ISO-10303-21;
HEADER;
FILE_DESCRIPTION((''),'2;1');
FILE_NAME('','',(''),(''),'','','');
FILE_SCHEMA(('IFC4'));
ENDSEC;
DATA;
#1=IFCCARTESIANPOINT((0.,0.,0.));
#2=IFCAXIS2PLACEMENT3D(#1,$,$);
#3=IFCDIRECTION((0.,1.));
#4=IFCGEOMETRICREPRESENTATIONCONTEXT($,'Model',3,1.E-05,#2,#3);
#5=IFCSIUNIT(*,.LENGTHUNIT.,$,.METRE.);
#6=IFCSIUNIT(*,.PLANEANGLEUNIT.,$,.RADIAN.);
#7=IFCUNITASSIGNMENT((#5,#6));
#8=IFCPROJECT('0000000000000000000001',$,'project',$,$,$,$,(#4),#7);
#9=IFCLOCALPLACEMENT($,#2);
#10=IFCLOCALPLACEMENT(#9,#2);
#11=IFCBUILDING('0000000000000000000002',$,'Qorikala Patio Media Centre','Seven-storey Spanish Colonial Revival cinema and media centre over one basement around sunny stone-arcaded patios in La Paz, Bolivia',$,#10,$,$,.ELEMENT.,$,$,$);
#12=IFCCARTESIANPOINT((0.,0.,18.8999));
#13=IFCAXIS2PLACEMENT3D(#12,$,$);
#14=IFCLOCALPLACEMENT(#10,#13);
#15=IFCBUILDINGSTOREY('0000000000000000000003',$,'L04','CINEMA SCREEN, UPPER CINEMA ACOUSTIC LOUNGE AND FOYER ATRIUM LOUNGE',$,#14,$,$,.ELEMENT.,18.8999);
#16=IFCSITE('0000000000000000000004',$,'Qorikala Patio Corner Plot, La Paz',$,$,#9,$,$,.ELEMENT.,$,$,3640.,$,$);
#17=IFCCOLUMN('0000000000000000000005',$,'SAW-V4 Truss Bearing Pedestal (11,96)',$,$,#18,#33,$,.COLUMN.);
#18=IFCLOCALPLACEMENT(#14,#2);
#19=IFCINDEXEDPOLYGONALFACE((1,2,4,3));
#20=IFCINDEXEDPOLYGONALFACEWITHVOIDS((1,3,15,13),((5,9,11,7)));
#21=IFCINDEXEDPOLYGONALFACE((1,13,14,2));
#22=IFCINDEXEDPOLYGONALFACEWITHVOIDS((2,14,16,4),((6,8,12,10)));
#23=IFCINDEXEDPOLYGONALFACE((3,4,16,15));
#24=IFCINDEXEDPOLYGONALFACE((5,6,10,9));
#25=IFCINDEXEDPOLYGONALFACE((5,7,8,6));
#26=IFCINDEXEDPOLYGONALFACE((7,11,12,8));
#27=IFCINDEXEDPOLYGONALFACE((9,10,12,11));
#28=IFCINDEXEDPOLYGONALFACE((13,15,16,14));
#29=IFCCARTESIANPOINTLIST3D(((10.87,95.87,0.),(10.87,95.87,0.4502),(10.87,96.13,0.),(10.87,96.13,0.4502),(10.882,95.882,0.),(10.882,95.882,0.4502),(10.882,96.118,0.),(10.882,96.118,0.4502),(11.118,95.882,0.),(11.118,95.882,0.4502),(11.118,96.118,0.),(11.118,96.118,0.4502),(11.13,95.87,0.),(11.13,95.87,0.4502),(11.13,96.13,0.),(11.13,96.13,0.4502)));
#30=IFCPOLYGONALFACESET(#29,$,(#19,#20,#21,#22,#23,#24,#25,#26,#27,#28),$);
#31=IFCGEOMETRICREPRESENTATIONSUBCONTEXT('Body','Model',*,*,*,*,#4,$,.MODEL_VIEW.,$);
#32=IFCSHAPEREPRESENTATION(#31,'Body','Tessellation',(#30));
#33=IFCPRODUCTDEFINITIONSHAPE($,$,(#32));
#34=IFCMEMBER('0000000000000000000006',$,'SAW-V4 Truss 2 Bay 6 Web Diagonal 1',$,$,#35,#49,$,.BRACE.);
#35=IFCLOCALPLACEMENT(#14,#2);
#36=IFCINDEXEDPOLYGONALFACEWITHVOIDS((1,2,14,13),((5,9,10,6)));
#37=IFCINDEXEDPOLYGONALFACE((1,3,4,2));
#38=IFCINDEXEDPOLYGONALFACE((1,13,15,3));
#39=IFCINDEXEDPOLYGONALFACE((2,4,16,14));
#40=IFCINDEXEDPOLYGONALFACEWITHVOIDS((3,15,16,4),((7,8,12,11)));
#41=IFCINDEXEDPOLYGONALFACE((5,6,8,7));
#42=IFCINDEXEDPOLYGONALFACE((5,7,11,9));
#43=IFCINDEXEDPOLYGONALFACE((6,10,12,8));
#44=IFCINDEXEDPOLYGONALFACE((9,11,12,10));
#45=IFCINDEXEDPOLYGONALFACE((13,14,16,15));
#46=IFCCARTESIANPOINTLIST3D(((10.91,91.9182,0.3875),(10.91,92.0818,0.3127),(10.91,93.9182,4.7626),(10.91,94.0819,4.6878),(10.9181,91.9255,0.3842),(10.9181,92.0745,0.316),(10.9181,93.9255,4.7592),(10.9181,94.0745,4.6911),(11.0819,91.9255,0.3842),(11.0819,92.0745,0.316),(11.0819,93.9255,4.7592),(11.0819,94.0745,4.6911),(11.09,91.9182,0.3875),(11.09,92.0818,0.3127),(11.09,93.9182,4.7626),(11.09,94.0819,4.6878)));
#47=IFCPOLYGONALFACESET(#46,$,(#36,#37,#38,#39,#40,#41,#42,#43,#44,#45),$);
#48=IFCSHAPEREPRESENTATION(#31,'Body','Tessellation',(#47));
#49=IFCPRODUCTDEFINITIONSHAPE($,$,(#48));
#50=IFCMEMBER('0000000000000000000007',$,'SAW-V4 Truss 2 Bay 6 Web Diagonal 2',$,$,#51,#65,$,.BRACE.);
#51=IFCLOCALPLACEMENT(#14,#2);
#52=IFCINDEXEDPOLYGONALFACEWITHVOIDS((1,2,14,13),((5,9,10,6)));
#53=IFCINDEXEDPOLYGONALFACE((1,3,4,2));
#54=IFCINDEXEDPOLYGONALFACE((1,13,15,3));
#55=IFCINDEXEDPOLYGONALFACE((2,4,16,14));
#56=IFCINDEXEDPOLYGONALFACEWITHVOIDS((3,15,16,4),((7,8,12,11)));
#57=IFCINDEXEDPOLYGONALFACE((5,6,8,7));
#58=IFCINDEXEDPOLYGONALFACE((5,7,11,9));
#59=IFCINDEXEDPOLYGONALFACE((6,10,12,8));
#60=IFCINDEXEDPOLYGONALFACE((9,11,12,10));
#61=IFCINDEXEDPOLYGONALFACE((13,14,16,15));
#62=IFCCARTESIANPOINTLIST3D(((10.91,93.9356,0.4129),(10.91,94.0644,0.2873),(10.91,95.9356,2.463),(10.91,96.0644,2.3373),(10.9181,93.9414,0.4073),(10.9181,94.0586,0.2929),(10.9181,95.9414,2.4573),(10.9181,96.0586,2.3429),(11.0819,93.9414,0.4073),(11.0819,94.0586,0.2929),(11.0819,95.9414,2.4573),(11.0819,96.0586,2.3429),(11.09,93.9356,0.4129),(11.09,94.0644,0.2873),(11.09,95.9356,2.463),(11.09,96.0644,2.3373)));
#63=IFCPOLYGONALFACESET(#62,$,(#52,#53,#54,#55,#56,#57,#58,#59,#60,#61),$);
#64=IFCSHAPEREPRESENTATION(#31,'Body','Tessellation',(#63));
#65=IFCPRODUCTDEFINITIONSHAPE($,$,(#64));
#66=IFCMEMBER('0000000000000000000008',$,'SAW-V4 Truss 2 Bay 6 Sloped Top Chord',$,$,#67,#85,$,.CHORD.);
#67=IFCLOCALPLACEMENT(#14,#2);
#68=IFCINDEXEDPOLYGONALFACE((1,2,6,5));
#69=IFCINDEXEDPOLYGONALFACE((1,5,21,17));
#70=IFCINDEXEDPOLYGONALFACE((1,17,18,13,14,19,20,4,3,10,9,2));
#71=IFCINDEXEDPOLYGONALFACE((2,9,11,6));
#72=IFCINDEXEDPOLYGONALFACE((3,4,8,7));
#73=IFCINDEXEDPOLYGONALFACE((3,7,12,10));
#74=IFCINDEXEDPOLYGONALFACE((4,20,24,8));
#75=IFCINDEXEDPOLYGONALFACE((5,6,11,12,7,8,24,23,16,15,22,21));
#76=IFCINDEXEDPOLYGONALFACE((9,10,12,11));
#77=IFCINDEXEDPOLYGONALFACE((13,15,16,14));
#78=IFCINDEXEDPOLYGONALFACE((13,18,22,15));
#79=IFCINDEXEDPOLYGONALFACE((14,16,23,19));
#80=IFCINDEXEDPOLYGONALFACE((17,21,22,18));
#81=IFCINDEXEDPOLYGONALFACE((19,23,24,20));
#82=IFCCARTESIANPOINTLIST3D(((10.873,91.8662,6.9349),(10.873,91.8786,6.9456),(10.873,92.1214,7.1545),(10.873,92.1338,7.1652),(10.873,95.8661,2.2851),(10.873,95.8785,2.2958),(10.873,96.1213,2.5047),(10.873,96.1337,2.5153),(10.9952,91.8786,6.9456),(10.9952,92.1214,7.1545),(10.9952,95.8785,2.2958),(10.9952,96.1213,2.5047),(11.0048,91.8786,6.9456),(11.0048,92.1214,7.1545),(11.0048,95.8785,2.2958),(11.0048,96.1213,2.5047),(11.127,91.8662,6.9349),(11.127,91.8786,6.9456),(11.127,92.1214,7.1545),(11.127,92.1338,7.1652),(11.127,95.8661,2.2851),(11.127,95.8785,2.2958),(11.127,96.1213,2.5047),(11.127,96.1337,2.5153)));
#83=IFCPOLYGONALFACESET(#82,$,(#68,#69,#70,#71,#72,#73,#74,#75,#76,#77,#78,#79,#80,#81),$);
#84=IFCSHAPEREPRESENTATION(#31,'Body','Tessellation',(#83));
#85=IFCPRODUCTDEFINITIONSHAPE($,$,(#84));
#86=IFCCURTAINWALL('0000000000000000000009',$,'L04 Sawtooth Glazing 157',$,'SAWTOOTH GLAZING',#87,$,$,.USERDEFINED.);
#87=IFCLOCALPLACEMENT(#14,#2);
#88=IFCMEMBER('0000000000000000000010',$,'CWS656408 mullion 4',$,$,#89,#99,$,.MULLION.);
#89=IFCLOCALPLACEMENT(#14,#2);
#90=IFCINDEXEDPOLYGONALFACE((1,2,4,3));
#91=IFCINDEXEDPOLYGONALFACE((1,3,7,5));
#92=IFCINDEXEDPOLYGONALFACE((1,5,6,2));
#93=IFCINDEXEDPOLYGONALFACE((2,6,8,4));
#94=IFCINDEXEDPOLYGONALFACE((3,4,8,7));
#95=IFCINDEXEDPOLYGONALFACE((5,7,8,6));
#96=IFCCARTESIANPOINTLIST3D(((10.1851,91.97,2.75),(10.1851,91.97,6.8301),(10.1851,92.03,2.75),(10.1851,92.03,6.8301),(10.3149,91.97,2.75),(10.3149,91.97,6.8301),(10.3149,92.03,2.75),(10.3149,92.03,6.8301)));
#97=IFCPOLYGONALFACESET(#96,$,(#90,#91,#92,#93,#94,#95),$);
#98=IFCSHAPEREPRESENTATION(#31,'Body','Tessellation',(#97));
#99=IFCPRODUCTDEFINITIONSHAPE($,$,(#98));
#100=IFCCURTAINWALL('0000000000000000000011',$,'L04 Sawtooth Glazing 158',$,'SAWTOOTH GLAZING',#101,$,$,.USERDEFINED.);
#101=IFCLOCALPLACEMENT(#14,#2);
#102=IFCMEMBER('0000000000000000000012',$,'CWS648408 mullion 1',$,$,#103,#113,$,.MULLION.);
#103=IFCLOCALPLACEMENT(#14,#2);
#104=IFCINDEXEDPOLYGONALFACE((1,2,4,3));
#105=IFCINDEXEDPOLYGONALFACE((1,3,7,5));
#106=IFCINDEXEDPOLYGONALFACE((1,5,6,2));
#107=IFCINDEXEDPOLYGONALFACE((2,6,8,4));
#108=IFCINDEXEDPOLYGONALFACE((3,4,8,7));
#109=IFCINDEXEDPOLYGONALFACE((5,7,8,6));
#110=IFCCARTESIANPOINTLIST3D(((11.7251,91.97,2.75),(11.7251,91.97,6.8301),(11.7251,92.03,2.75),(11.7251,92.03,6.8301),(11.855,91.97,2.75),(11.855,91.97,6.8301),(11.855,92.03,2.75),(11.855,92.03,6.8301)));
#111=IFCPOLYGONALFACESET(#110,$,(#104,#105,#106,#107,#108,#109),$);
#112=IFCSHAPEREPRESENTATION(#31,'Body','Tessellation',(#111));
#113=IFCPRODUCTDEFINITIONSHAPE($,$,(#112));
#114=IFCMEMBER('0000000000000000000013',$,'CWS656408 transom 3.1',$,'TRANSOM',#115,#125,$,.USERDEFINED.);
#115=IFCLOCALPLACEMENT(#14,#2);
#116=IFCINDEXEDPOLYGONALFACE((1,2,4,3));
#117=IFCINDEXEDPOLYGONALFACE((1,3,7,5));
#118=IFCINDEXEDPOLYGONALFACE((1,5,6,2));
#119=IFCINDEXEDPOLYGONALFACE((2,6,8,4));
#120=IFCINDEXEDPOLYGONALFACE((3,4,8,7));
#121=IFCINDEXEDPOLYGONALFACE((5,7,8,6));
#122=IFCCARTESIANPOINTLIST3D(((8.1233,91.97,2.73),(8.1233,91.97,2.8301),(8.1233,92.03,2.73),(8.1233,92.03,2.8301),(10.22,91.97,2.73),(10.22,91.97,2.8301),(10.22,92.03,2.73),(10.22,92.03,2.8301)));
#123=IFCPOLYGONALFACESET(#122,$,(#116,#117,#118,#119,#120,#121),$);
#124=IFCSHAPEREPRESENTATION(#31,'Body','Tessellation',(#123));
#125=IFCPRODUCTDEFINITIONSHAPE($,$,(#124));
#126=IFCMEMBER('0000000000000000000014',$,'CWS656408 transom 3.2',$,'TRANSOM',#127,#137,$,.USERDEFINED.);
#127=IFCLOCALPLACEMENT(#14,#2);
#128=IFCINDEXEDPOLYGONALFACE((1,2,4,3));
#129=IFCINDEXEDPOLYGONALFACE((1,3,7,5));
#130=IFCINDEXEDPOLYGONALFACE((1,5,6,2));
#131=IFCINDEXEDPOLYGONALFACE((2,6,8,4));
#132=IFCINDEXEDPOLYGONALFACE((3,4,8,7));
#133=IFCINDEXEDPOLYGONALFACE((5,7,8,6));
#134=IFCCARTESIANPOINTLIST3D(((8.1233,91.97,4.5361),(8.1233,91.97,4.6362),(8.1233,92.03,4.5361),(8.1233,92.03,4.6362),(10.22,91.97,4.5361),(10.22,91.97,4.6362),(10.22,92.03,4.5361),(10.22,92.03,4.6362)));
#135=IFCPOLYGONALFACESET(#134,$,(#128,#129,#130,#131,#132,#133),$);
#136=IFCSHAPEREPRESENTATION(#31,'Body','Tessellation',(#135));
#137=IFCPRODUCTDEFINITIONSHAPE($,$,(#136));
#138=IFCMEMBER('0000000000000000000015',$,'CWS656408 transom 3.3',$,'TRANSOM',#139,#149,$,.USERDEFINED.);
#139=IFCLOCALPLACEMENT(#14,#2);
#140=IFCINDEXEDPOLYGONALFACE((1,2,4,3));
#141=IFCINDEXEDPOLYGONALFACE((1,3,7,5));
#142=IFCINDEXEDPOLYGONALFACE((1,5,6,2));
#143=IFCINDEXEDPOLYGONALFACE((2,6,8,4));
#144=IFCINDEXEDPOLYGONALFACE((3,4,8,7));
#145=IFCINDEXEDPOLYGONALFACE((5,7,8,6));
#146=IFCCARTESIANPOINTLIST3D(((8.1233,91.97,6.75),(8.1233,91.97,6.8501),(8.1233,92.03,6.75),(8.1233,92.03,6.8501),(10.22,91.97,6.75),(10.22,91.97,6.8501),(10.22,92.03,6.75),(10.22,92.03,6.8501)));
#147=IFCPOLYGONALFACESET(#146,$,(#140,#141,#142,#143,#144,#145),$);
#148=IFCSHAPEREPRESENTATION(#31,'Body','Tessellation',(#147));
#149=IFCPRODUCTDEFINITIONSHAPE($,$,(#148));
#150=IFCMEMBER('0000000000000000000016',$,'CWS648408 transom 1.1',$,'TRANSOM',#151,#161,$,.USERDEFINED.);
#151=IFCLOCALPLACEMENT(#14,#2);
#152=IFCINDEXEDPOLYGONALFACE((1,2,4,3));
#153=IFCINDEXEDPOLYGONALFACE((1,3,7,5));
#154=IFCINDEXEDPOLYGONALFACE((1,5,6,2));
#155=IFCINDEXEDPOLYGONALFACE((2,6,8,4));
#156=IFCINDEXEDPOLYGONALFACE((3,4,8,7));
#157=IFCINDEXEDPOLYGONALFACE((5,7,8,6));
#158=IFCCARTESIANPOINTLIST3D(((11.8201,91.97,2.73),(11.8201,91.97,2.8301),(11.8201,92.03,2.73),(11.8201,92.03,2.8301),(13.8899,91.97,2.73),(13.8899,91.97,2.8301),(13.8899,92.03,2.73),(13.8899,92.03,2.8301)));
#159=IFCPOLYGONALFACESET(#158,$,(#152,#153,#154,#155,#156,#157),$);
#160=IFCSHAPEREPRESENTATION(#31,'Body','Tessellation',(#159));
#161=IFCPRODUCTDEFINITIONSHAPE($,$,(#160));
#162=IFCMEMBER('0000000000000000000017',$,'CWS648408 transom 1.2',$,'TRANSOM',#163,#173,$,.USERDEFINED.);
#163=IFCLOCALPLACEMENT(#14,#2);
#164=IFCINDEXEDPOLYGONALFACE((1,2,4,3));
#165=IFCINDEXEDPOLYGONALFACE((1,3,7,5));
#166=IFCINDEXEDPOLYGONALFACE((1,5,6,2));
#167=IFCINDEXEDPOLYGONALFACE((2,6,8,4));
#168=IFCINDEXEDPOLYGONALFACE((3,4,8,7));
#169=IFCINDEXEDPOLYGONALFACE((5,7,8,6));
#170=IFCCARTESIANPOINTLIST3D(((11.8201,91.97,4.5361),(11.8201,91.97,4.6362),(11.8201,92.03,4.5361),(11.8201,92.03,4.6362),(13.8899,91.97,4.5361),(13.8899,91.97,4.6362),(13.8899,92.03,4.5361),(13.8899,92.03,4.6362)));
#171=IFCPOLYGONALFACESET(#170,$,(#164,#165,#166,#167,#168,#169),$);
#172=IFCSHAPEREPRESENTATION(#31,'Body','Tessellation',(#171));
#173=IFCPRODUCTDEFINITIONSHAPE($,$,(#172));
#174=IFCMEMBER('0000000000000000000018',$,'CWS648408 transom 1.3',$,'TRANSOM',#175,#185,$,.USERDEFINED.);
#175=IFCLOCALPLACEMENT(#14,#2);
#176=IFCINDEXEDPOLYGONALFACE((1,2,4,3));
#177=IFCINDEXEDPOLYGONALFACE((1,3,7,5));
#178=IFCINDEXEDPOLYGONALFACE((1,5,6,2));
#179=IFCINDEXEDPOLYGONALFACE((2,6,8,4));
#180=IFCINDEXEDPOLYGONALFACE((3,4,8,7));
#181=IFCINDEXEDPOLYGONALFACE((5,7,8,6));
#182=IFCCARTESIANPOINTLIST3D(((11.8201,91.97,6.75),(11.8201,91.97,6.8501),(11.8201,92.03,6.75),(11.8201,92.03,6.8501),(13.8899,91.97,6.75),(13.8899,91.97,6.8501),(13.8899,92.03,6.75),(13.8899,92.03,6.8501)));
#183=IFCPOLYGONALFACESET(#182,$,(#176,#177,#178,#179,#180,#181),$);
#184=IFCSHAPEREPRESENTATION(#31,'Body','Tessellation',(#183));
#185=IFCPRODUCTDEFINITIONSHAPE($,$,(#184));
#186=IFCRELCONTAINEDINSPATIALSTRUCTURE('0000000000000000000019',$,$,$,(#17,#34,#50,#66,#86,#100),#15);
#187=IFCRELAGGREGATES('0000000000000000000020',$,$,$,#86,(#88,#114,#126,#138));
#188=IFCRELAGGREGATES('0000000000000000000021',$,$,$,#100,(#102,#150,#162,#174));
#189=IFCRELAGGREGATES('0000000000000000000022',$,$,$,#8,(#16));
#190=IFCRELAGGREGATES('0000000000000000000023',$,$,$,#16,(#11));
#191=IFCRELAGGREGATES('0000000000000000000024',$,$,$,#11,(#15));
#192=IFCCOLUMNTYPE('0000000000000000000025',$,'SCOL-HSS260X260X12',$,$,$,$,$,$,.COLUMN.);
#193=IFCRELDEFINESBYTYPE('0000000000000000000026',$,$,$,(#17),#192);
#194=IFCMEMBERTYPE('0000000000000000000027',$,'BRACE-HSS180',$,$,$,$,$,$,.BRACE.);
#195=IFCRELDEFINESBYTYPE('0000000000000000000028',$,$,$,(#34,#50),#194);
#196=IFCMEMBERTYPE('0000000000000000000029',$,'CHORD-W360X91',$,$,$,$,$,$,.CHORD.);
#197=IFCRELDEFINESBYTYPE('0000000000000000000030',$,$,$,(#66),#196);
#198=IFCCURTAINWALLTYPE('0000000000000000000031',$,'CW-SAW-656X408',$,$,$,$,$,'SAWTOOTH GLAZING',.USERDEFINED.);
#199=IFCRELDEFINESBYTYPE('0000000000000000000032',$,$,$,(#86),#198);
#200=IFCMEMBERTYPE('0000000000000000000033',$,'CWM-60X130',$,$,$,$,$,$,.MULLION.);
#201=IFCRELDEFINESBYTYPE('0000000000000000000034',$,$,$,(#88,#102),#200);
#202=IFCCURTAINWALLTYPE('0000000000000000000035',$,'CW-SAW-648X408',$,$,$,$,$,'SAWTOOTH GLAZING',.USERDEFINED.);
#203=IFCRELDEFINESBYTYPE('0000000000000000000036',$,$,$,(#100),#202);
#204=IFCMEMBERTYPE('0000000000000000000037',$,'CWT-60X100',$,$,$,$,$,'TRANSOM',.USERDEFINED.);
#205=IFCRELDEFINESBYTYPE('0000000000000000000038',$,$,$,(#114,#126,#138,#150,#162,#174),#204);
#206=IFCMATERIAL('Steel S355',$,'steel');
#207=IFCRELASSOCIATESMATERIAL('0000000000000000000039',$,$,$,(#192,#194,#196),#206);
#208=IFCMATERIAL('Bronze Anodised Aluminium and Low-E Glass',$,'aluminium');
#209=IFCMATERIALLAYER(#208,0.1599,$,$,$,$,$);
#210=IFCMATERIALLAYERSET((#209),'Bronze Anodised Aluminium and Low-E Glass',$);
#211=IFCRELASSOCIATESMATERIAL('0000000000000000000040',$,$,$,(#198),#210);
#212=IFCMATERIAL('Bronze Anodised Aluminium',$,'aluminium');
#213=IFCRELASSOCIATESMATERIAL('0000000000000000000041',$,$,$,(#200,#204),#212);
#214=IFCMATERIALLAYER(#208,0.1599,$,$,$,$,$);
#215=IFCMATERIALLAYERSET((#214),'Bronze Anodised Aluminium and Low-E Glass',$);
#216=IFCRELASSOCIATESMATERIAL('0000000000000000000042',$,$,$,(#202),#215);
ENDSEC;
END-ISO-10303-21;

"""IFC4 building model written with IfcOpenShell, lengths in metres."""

from ifc_helpers import new_model, si_unit, direction, frame, origin, origin_2d, place, context, subcontext, project, spatial, rectangle, hollow_rectangle, i_section, extrude, material, layer, layer_set, material_profile, profile_set, type_object, element, aggregate, save


model = new_model("IFC4")

# Units and contexts
model_context = context("Model", 3, precision=1e-05, world=origin(), true_north=direction((0.0, 1.0)))
body_context = subcontext(model_context, "Body", "Model", "MODEL_VIEW")
ifc_project = project(units=[si_unit("LENGTHUNIT", "METRE"), si_unit("PLANEANGLEUNIT", "RADIAN")], contexts=[model_context])

# Site, building, storey
site_placement = place(None, origin())
site = spatial("IfcSite", under=ifc_project, at=site_placement, Name="Qorikala Patio Corner Plot, La Paz", CompositionType="ELEMENT", RefElevation=3640.0)
building_placement = place(site_placement, origin())
building = spatial("IfcBuilding", under=site, at=building_placement, Name="Qorikala Patio Media Centre", Description="Seven-storey Spanish Colonial Revival cinema and media centre over one basement around sunny stone-arcaded patios in La Paz, Bolivia", CompositionType="ELEMENT")
storey_placement = place(building_placement, frame((0.0, 0.0, 18.8999)))
storey = spatial("IfcBuildingStorey", under=building, at=storey_placement, Name="L04", Description="CINEMA SCREEN, UPPER CINEMA ACOUSTIC LOUNGE AND FOYER ATRIUM LOUNGE", CompositionType="ELEMENT", Elevation=18.8999)

# Column
ifc_material_1 = material(Name="Steel S355", Category="steel")
ifc_material_profile_1 = material_profile(ifc_material_1, hollow_rectangle(XDim=0.26, YDim=0.26, WallThickness=0.012, at=origin_2d()), Name="HSS260X260X12")
ifc_profile_set_1 = profile_set([ifc_material_profile_1], Name="Steel S355")
column_type = type_object("IfcColumnType", Name="SCOL-HSS260X260X12", PredefinedType="COLUMN", material=ifc_profile_set_1)
column_placement = place(storey_placement, frame((11.0, 96.0, 0.0), z_axis=(0.0, 0.0, 1.0), x_axis=(1.0, 0.0, 0.0)))
element("IfcColumn", 1, at=column_placement, inside=storey, type_object=column_type, Name="SAW-V4 Truss Bearing Pedestal (11,96)", PredefinedType="COLUMN", context=body_context, shape_type="SweptSolid", body=[
    extrude(hollow_rectangle(XDim=0.26, YDim=0.26, WallThickness=0.012, at=origin_2d()), origin(), (0.0, 0.0, 1.0), 0.4502),
])

# Members
ifc_material_profile_2 = material_profile(ifc_material_1, hollow_rectangle(XDim=0.1799, YDim=0.1799, WallThickness=0.0081, at=origin_2d()), Name="HSS180X180X8")
ifc_profile_set_2 = profile_set([ifc_material_profile_2], Name="Steel S355")
member_type_1 = type_object("IfcMemberType", Name="BRACE-HSS180", PredefinedType="BRACE", material=ifc_profile_set_2)
member_1_placement = place(storey_placement, frame((11.0, 92.0, 0.3501), z_axis=(0.0, 0.41576, 0.909474), x_axis=(-1.0, 0.0, 0.0)))
element("IfcMember", 2, at=member_1_placement, inside=storey, type_object=member_type_1, Name="SAW-V4 Truss 2 Bay 6 Web Diagonal 1", PredefinedType="BRACE", context=body_context, shape_type="SweptSolid", body=[
    extrude(hollow_rectangle(XDim=0.1799, YDim=0.1799, WallThickness=0.0081, at=origin_2d()), origin(), (0.0, 0.0, 1.0), 4.8105),
])
member_2_placement = place(storey_placement, frame((11.0, 94.0, 0.3501), z_axis=(0.0, 0.698315, 0.71579), x_axis=(-1.0, 0.0, 0.0)))
element("IfcMember", 3, at=member_2_placement, inside=storey, type_object=member_type_1, Name="SAW-V4 Truss 2 Bay 6 Web Diagonal 2", PredefinedType="BRACE", context=body_context, shape_type="SweptSolid", body=[
    extrude(hollow_rectangle(XDim=0.1799, YDim=0.1799, WallThickness=0.0081, at=origin_2d()), origin(), (0.0, 0.0, 1.0), 2.864),
])
ifc_material_profile_3 = material_profile(ifc_material_1, i_section(OverallWidth=0.2539, OverallDepth=0.353, WebThickness=0.0095, FlangeThickness=0.0164, at=origin_2d()), Name="W360X91")
ifc_profile_set_3 = profile_set([ifc_material_profile_3], Name="Steel S355")
member_type_2 = type_object("IfcMemberType", Name="CHORD-W360X91", PredefinedType="CHORD", material=ifc_profile_set_3)
member_3_placement = place(storey_placement, frame((11.0, 92.0, 7.05), z_axis=(0.0, 0.652141, -0.758098), x_axis=(-1.0, 0.0, 0.0)))
element("IfcMember", 4, at=member_3_placement, inside=storey, type_object=member_type_2, Name="SAW-V4 Truss 2 Bay 6 Sloped Top Chord", PredefinedType="CHORD", context=body_context, shape_type="SweptSolid", body=[
    extrude(i_section(OverallWidth=0.2539, OverallDepth=0.353, WebThickness=0.0095, FlangeThickness=0.0164, at=origin_2d()), origin(), (0.0, 0.0, 1.0), 6.1335),
])

# Curtain walls, members
ifc_material_2 = material(Name="Bronze Anodised Aluminium and Low-E Glass", Category="aluminium")
ifc_layer_1 = layer(ifc_material_2, 0.1599)
ifc_layer_set_1 = layer_set([ifc_layer_1], Name="Bronze Anodised Aluminium and Low-E Glass")
curtain_wall_type_1 = type_object("IfcCurtainWallType", Name="CW-SAW-656X408", ElementType="SAWTOOTH GLAZING", PredefinedType="USERDEFINED", material=ifc_layer_set_1)
curtain_wall_1_placement = place(storey_placement, origin())
curtain_wall_1 = element("IfcCurtainWall", 5, at=curtain_wall_1_placement, inside=storey, type_object=curtain_wall_type_1, Name="L04 Sawtooth Glazing 157", ObjectType="SAWTOOTH GLAZING", PredefinedType="USERDEFINED")
ifc_material_3 = material(Name="Bronze Anodised Aluminium", Category="aluminium")
ifc_material_profile_4 = material_profile(ifc_material_3, rectangle(XDim=0.0601, YDim=0.1299, at=origin_2d()), Name="ALU MULLION 60x130")
ifc_profile_set_4 = profile_set([ifc_material_profile_4], Name="Bronze Anodised Aluminium")
member_type_3 = type_object("IfcMemberType", Name="CWM-60X130", PredefinedType="MULLION", material=ifc_profile_set_4)
member_4_placement = place(storey_placement, frame((10.25, 92.0, 2.75), z_axis=(0.0, 0.0, 1.0), x_axis=(0.0, 1.0, 0.0)))
member_4 = element("IfcMember", 6, at=member_4_placement, type_object=member_type_3, Name="CWS656408 mullion 4", PredefinedType="MULLION", context=body_context, shape_type="SweptSolid", body=[
    extrude(rectangle(XDim=0.0601, YDim=0.1299, at=origin_2d()), origin(), (0.0, 0.0, 1.0), 4.0801),
])
ifc_layer_2 = layer(ifc_material_2, 0.1599)
ifc_layer_set_2 = layer_set([ifc_layer_2], Name="Bronze Anodised Aluminium and Low-E Glass")
curtain_wall_type_2 = type_object("IfcCurtainWallType", Name="CW-SAW-648X408", ElementType="SAWTOOTH GLAZING", PredefinedType="USERDEFINED", material=ifc_layer_set_2)
curtain_wall_2_placement = place(storey_placement, origin())
curtain_wall_2 = element("IfcCurtainWall", 7, at=curtain_wall_2_placement, inside=storey, type_object=curtain_wall_type_2, Name="L04 Sawtooth Glazing 158", ObjectType="SAWTOOTH GLAZING", PredefinedType="USERDEFINED")
member_5_placement = place(storey_placement, frame((11.79, 92.0, 2.75), z_axis=(0.0, 0.0, 1.0), x_axis=(0.0, 1.0, 0.0)))
member_5 = element("IfcMember", 8, at=member_5_placement, type_object=member_type_3, Name="CWS648408 mullion 1", PredefinedType="MULLION", context=body_context, shape_type="SweptSolid", body=[
    extrude(rectangle(XDim=0.0601, YDim=0.1299, at=origin_2d()), origin(), (0.0, 0.0, 1.0), 4.0801),
])

# Members
ifc_material_profile_5 = material_profile(ifc_material_3, rectangle(XDim=0.0601, YDim=0.1001, at=origin_2d()), Name="ALU TRANSOM 60x100")
ifc_profile_set_5 = profile_set([ifc_material_profile_5], Name="Bronze Anodised Aluminium")
member_type_4 = type_object("IfcMemberType", Name="CWT-60X100", ElementType="TRANSOM", PredefinedType="USERDEFINED", material=ifc_profile_set_5)
member_6_placement = place(storey_placement, frame((8.1233, 92.0, 2.78), z_axis=(1.0, 0.0, 0.0), x_axis=(0.0, 1.0, 0.0)))
member_6 = element("IfcMember", 9, at=member_6_placement, type_object=member_type_4, Name="CWS656408 transom 3.1", ObjectType="TRANSOM", PredefinedType="USERDEFINED", context=body_context, shape_type="SweptSolid", body=[
    extrude(rectangle(XDim=0.0601, YDim=0.1001, at=origin_2d()), origin(), (0.0, 0.0, 1.0), 2.0967),
])
member_7_placement = place(storey_placement, frame((8.1233, 92.0, 4.5862), z_axis=(1.0, 0.0, 0.0), x_axis=(0.0, 1.0, 0.0)))
member_7 = element("IfcMember", 10, at=member_7_placement, type_object=member_type_4, Name="CWS656408 transom 3.2", ObjectType="TRANSOM", PredefinedType="USERDEFINED", context=body_context, shape_type="SweptSolid", body=[
    extrude(rectangle(XDim=0.0601, YDim=0.1001, at=origin_2d()), origin(), (0.0, 0.0, 1.0), 2.0967),
])
member_8_placement = place(storey_placement, frame((8.1233, 92.0, 6.8), z_axis=(1.0, 0.0, 0.0), x_axis=(0.0, 1.0, 0.0)))
member_8 = element("IfcMember", 11, at=member_8_placement, type_object=member_type_4, Name="CWS656408 transom 3.3", ObjectType="TRANSOM", PredefinedType="USERDEFINED", context=body_context, shape_type="SweptSolid", body=[
    extrude(rectangle(XDim=0.0601, YDim=0.1001, at=origin_2d()), origin(), (0.0, 0.0, 1.0), 2.0967),
])
member_9_placement = place(storey_placement, frame((11.8201, 92.0, 2.78), z_axis=(1.0, 0.0, 0.0), x_axis=(0.0, 1.0, 0.0)))
member_9 = element("IfcMember", 12, at=member_9_placement, type_object=member_type_4, Name="CWS648408 transom 1.1", ObjectType="TRANSOM", PredefinedType="USERDEFINED", context=body_context, shape_type="SweptSolid", body=[
    extrude(rectangle(XDim=0.0601, YDim=0.1001, at=origin_2d()), origin(), (0.0, 0.0, 1.0), 2.0698),
])
member_10_placement = place(storey_placement, frame((11.8201, 92.0, 4.5862), z_axis=(1.0, 0.0, 0.0), x_axis=(0.0, 1.0, 0.0)))
member_10 = element("IfcMember", 13, at=member_10_placement, type_object=member_type_4, Name="CWS648408 transom 1.2", ObjectType="TRANSOM", PredefinedType="USERDEFINED", context=body_context, shape_type="SweptSolid", body=[
    extrude(rectangle(XDim=0.0601, YDim=0.1001, at=origin_2d()), origin(), (0.0, 0.0, 1.0), 2.0698),
])
member_11_placement = place(storey_placement, frame((11.8201, 92.0, 6.8), z_axis=(1.0, 0.0, 0.0), x_axis=(0.0, 1.0, 0.0)))
member_11 = element("IfcMember", 14, at=member_11_placement, type_object=member_type_4, Name="CWS648408 transom 1.3", ObjectType="TRANSOM", PredefinedType="USERDEFINED", context=body_context, shape_type="SweptSolid", body=[
    extrude(rectangle(XDim=0.0601, YDim=0.1001, at=origin_2d()), origin(), (0.0, 0.0, 1.0), 2.0698),
])

aggregate(curtain_wall_1, [member_4, member_6, member_7, member_8])
aggregate(curtain_wall_2, [member_5, member_9, member_10, member_11])

save(model, "model.ifc")
